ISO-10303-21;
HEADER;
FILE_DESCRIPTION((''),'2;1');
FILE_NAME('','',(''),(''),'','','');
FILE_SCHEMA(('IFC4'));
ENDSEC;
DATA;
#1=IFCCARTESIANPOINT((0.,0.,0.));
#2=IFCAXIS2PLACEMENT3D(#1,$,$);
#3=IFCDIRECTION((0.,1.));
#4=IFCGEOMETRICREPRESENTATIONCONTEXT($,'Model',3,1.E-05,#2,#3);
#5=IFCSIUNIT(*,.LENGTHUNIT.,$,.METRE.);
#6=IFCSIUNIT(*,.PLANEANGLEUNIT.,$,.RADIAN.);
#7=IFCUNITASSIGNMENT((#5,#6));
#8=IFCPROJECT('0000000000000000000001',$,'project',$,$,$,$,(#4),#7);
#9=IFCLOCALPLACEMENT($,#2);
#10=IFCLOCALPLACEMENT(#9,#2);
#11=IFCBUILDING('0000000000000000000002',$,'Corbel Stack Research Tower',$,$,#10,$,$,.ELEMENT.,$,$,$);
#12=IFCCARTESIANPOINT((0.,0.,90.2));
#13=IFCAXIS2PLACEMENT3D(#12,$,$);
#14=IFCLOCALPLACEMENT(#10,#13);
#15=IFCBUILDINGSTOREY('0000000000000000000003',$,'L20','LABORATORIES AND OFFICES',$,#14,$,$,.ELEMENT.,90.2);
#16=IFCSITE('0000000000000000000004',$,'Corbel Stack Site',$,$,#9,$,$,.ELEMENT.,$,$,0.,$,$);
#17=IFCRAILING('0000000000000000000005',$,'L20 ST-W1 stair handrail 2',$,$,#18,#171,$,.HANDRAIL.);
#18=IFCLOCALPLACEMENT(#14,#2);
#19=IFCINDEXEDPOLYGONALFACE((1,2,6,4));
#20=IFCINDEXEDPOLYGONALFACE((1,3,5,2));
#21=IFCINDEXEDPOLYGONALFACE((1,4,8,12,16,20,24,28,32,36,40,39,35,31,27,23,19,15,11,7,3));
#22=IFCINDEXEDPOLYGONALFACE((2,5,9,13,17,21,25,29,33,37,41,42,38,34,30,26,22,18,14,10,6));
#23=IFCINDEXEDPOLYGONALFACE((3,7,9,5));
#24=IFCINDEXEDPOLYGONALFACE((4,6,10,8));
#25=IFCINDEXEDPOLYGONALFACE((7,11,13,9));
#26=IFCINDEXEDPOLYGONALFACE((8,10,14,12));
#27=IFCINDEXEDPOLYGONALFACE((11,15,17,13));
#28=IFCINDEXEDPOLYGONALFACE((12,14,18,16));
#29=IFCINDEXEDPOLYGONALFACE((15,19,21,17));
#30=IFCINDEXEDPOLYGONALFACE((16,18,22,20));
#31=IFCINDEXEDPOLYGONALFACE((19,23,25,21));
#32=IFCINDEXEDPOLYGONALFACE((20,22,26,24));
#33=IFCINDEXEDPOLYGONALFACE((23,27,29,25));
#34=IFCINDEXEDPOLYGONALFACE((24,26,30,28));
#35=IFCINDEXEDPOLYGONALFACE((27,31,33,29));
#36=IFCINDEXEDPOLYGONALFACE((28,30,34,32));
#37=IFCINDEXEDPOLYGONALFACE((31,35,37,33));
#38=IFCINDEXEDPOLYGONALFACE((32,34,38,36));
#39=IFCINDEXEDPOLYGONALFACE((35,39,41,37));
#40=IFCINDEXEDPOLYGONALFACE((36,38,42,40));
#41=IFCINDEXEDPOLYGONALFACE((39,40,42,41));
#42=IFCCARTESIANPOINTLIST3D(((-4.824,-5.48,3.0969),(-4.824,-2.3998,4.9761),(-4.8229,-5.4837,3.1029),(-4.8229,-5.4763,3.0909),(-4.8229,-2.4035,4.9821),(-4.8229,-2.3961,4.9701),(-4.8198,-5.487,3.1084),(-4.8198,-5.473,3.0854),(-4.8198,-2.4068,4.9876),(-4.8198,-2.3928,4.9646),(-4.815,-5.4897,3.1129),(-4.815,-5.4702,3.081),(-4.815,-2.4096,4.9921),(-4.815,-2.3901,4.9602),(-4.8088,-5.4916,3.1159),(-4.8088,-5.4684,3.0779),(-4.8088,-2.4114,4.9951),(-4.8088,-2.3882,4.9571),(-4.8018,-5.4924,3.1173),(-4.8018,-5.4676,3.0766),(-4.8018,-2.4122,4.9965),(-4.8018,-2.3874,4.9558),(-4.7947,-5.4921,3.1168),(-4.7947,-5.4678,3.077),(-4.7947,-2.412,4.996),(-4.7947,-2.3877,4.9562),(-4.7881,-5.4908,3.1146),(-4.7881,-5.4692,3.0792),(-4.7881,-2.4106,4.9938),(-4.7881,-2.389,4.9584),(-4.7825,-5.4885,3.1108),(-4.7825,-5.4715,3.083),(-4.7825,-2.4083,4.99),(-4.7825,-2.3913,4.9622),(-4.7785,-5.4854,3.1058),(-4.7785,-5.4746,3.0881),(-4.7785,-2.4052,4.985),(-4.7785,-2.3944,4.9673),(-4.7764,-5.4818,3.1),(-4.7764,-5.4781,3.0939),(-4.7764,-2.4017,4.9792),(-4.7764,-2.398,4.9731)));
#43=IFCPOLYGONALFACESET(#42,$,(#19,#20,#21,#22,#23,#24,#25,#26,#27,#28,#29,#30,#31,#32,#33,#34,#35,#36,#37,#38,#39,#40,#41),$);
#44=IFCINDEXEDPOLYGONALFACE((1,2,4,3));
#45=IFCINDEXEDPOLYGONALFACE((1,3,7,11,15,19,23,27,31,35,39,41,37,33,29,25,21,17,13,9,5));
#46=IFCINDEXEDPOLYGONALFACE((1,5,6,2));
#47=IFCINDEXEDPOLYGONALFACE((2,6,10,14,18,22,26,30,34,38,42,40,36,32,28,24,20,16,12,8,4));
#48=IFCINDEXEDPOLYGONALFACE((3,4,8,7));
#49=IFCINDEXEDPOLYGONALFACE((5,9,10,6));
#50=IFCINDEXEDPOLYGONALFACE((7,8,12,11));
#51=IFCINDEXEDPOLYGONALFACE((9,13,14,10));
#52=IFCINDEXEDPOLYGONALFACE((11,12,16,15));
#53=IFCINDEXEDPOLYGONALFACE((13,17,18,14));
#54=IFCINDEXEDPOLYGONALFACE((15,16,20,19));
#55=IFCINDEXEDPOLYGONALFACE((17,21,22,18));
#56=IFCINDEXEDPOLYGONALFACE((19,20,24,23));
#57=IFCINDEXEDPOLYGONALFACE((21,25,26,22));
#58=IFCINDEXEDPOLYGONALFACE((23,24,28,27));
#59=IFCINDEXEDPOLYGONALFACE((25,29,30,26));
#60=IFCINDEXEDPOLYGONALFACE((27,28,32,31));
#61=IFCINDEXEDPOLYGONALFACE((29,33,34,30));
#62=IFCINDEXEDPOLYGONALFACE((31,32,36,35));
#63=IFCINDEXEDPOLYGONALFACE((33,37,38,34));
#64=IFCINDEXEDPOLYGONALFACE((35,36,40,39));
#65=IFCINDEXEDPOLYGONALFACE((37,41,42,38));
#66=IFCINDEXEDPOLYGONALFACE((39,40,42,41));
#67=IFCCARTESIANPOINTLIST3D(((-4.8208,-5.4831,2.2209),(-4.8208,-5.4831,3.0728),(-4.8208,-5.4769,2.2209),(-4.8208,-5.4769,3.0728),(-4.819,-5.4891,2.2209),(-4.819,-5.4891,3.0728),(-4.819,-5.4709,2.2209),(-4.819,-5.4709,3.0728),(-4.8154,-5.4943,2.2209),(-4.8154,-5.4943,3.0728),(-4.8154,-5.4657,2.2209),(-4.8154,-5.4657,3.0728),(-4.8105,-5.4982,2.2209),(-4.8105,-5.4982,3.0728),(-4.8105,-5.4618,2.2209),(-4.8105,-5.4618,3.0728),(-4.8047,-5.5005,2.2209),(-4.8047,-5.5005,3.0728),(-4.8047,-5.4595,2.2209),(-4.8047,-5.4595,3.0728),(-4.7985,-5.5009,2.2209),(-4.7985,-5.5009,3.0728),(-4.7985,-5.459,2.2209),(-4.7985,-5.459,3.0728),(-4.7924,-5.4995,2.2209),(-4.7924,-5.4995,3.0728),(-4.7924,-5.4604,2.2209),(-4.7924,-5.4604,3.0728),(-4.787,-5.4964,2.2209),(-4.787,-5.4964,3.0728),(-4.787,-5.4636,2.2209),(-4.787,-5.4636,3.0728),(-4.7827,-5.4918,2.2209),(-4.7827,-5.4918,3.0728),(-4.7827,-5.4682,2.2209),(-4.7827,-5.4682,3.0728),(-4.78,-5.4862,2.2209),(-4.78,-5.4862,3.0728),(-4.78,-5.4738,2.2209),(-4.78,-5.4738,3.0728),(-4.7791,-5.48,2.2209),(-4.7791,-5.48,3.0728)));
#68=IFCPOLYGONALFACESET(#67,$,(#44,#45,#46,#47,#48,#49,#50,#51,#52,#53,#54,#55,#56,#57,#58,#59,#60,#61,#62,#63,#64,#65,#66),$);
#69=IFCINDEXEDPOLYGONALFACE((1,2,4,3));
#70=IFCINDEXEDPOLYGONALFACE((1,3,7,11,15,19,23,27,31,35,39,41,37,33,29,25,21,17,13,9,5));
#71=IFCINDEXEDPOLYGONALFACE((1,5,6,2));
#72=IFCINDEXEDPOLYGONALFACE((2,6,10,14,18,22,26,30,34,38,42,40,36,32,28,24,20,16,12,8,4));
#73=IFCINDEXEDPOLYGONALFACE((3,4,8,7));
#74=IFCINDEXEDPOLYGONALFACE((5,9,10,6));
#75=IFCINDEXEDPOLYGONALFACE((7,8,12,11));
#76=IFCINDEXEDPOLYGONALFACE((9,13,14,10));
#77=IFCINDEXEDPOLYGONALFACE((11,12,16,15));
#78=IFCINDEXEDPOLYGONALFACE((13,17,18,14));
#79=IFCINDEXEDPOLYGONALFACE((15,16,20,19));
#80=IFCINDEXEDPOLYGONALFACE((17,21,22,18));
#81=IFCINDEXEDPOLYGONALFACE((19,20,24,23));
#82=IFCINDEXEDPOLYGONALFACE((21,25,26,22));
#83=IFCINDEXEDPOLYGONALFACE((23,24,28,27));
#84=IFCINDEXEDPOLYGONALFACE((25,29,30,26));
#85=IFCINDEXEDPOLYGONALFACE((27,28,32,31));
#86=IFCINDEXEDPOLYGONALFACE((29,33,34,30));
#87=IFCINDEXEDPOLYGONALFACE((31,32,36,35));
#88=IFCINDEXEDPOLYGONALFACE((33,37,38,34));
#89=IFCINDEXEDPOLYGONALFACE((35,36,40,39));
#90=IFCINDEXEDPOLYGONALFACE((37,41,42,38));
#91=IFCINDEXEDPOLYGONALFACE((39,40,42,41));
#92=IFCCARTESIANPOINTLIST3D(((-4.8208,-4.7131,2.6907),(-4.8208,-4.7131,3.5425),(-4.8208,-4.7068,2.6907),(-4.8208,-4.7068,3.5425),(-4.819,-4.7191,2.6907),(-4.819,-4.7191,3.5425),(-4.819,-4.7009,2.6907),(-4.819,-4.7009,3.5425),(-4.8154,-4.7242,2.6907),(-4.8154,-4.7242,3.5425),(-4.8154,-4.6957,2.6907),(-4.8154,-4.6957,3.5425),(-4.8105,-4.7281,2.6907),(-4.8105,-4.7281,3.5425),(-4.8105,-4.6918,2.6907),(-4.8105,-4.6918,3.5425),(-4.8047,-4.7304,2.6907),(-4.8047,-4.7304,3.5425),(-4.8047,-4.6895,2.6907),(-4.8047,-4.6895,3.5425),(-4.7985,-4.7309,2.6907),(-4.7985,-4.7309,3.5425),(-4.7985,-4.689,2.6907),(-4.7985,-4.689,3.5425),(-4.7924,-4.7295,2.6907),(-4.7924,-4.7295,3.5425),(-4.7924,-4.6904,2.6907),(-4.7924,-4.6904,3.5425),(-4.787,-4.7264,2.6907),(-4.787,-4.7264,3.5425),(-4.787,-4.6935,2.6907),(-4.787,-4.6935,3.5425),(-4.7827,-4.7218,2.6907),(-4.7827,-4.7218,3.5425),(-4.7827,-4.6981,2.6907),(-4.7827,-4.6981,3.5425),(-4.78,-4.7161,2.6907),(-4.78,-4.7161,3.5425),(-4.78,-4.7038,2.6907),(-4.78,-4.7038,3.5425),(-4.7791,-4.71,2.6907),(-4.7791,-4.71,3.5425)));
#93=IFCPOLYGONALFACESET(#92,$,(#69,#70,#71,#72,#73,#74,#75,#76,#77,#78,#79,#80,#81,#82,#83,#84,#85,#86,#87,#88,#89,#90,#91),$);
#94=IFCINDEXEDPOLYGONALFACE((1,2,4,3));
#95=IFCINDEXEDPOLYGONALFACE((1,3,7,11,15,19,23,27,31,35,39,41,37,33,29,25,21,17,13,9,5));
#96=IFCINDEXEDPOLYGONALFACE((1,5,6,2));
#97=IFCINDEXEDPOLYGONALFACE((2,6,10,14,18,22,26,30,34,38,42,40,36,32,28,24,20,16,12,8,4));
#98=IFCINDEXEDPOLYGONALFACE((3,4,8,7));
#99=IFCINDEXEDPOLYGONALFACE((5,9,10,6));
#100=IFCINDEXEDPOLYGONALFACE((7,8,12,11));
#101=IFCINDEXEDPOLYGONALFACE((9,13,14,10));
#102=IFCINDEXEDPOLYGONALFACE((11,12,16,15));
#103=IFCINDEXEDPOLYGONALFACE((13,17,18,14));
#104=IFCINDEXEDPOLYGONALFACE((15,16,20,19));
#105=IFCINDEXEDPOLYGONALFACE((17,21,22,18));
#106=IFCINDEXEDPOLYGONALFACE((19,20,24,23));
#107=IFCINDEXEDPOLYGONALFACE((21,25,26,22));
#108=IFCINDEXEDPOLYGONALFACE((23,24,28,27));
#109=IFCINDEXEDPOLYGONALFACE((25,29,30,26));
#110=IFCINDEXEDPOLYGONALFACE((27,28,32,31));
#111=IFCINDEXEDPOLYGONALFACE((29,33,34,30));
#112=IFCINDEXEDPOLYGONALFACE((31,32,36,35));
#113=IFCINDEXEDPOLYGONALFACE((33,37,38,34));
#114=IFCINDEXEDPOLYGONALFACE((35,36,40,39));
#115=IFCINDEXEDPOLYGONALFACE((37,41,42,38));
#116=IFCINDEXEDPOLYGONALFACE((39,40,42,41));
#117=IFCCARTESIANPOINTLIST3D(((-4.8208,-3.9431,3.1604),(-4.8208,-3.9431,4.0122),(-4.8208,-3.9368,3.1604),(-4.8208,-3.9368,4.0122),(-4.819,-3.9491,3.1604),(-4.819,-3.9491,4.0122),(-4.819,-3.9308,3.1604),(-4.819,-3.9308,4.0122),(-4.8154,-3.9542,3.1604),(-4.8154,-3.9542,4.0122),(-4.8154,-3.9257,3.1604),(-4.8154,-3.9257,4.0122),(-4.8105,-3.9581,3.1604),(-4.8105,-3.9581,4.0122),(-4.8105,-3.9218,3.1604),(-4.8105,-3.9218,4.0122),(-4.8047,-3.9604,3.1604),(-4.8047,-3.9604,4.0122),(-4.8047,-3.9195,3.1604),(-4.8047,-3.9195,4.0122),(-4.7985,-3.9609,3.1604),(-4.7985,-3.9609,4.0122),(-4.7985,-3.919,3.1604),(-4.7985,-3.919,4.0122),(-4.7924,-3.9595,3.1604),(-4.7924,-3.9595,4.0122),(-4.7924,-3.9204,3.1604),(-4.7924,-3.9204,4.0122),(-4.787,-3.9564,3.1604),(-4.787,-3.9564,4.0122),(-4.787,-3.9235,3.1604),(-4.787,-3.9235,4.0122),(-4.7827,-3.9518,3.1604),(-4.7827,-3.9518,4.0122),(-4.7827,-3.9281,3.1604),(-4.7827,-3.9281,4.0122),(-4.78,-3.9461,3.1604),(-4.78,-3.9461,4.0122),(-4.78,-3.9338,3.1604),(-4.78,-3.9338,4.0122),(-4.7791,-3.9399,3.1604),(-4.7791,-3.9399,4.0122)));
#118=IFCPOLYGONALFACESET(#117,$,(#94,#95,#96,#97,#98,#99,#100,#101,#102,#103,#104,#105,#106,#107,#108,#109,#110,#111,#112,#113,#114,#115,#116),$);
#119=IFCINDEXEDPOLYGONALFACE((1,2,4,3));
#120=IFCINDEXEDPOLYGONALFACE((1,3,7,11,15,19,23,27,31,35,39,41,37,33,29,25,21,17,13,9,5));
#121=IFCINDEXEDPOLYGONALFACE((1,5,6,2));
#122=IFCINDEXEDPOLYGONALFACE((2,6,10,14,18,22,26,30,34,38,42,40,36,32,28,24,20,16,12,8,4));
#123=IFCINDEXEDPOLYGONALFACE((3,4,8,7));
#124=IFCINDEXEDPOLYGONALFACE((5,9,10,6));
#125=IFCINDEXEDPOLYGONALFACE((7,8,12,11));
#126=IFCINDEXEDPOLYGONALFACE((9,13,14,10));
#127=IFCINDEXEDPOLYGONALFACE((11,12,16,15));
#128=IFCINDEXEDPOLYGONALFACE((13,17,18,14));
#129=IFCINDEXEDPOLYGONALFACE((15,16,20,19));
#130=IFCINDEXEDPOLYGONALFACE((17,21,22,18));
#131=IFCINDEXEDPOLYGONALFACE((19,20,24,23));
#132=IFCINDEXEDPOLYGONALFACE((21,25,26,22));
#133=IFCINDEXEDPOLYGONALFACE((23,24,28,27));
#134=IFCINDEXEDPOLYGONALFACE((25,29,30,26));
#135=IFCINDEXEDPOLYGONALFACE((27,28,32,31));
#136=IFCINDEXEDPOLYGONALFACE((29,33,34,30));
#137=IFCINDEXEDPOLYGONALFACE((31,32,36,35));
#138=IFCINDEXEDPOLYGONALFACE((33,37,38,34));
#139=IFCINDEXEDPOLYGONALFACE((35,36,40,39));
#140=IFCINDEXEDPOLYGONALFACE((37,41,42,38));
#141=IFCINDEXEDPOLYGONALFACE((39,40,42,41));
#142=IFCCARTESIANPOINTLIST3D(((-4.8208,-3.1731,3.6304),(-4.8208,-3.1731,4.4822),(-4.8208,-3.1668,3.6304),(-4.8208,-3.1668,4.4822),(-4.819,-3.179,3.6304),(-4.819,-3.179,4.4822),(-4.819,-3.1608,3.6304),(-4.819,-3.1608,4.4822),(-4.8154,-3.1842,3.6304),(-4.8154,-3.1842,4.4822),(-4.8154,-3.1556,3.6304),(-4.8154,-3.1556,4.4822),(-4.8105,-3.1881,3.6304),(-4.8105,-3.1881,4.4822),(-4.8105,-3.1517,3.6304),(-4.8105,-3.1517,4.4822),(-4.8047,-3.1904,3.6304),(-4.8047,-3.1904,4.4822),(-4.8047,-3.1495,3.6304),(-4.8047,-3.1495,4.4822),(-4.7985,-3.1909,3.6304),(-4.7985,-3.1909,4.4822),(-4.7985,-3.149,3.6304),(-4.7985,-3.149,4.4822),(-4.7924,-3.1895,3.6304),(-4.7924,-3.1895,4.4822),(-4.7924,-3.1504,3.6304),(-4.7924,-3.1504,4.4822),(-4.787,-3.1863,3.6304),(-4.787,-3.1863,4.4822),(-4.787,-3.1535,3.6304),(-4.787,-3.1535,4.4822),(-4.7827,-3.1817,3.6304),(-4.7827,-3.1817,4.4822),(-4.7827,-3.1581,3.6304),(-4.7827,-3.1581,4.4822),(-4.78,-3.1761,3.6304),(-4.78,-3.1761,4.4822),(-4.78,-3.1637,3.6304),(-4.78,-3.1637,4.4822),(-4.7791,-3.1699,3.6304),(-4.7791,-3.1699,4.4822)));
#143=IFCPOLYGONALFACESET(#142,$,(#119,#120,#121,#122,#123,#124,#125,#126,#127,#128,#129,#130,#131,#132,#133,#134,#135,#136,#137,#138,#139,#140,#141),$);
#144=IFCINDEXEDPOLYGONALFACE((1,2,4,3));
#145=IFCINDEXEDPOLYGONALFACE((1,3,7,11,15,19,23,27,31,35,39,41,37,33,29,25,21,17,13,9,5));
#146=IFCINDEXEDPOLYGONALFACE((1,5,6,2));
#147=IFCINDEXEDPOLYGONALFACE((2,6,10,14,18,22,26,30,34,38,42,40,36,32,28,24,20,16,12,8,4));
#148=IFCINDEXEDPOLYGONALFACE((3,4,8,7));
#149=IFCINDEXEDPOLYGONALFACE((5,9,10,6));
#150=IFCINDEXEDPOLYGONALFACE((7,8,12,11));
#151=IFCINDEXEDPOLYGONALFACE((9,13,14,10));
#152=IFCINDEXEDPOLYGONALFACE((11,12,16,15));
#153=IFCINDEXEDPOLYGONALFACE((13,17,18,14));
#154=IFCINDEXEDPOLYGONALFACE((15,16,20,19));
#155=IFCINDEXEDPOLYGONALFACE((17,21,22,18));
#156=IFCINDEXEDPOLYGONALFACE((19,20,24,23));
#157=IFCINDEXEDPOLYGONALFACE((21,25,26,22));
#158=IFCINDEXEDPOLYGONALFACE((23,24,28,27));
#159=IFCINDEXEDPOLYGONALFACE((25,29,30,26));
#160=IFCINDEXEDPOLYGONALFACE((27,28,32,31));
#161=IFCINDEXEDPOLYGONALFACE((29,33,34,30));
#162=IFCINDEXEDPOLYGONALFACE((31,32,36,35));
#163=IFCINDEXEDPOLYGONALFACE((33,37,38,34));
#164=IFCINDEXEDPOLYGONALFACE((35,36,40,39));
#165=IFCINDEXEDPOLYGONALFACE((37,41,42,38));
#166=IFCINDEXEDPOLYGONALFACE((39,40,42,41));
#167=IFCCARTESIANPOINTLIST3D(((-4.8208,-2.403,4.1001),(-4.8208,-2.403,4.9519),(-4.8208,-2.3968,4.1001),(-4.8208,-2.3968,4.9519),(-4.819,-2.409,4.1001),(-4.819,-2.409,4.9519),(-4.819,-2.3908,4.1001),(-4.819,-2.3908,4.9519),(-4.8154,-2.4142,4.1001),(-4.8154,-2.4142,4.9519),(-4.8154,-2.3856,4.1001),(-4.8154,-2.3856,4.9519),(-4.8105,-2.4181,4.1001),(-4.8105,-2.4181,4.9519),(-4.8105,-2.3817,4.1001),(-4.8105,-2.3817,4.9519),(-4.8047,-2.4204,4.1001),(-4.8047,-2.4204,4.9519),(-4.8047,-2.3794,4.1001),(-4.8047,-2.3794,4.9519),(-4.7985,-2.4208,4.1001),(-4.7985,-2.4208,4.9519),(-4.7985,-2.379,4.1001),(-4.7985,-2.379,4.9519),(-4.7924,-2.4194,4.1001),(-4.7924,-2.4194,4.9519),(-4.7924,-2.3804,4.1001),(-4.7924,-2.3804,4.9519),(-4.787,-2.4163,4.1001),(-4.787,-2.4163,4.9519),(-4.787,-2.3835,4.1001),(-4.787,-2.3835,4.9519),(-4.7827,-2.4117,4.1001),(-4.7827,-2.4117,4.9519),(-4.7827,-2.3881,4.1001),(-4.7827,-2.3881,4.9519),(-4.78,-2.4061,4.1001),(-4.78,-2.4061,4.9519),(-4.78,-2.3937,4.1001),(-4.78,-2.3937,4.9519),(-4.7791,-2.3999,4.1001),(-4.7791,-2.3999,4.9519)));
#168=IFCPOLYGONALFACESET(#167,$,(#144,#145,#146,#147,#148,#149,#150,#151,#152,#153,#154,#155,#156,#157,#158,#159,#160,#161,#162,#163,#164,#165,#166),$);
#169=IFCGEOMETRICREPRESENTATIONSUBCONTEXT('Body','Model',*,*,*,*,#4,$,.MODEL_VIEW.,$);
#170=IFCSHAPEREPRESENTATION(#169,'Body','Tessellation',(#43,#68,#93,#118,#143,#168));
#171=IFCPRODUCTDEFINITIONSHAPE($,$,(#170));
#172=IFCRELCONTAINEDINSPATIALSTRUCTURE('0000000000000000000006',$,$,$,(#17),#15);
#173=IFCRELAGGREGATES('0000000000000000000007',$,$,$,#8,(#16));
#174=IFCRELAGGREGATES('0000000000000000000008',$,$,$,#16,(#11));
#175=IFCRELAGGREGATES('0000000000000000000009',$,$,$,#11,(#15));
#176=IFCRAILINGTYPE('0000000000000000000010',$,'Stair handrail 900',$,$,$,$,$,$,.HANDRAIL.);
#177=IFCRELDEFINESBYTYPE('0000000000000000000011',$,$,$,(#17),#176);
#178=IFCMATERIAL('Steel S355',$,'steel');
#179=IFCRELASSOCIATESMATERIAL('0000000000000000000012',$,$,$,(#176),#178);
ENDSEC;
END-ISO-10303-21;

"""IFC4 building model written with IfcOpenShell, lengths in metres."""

from ifc_helpers import new_model, si_unit, direction, frame, origin, origin_2d, place, context, subcontext, project, spatial, circle, extrude, material, type_object, element, save


model = new_model("IFC4")

# Units and contexts
model_context = context("Model", 3, precision=1e-05, world=origin(), true_north=direction((0.0, 1.0)))
body_context = subcontext(model_context, "Body", "Model", "MODEL_VIEW")
ifc_project = project(units=[si_unit("LENGTHUNIT", "METRE"), si_unit("PLANEANGLEUNIT", "RADIAN")], contexts=[model_context])

# Site, building, storey
site_placement = place(None, origin())
site = spatial("IfcSite", under=ifc_project, at=site_placement, Name="Corbel Stack Site", CompositionType="ELEMENT", RefElevation=0.0)
building_placement = place(site_placement, origin())
building = spatial("IfcBuilding", under=site, at=building_placement, Name="Corbel Stack Research Tower", CompositionType="ELEMENT")
storey_placement = place(building_placement, frame((0.0, 0.0, 90.2)))
storey = spatial("IfcBuildingStorey", under=building, at=storey_placement, Name="L20", Description="LABORATORIES AND OFFICES", CompositionType="ELEMENT", Elevation=90.2)

# Railing
ifc_material_1 = material(Name="Steel S355", Category="steel")
railing_type_1 = type_object("IfcRailingType", Name="Stair handrail 900", PredefinedType="HANDRAIL", material=ifc_material_1)
railing_1_placement = place(storey_placement, frame((-4.8, -5.48, 2.2209)))
element("IfcRailing", 1, at=railing_1_placement, inside=storey, type_object=railing_type_1, Name="L20 ST-W1 stair handrail 2", PredefinedType="HANDRAIL", context=body_context, shape_type="SweptSolid", body=[
    extrude(circle(Radius=0.0239, at=origin_2d()), frame((0.0, 0.0, 0.876), z_axis=(0.0, 0.853666, 0.52082), x_axis=(-1.0, 0.0, 0.0)), (0.0, 0.0, 1.0), 3.6082),
    extrude(circle(Radius=0.021, at=origin_2d()), origin(), (0.0, 0.0, 1.0), 0.8518),
    extrude(circle(Radius=0.021, at=origin_2d()), frame((0.0, 0.77, 0.4697)), (0.0, 0.0, 1.0), 0.8518),
    extrude(circle(Radius=0.021, at=origin_2d()), frame((0.0, 1.54, 0.9395)), (0.0, 0.0, 1.0), 0.8518),
    extrude(circle(Radius=0.021, at=origin_2d()), frame((0.0, 2.3101, 1.4094)), (0.0, 0.0, 1.0), 0.8518),
    extrude(circle(Radius=0.021, at=origin_2d()), frame((0.0, 3.0801, 1.8792)), (0.0, 0.0, 1.0), 0.8518),
])

save(model, "model.ifc")
